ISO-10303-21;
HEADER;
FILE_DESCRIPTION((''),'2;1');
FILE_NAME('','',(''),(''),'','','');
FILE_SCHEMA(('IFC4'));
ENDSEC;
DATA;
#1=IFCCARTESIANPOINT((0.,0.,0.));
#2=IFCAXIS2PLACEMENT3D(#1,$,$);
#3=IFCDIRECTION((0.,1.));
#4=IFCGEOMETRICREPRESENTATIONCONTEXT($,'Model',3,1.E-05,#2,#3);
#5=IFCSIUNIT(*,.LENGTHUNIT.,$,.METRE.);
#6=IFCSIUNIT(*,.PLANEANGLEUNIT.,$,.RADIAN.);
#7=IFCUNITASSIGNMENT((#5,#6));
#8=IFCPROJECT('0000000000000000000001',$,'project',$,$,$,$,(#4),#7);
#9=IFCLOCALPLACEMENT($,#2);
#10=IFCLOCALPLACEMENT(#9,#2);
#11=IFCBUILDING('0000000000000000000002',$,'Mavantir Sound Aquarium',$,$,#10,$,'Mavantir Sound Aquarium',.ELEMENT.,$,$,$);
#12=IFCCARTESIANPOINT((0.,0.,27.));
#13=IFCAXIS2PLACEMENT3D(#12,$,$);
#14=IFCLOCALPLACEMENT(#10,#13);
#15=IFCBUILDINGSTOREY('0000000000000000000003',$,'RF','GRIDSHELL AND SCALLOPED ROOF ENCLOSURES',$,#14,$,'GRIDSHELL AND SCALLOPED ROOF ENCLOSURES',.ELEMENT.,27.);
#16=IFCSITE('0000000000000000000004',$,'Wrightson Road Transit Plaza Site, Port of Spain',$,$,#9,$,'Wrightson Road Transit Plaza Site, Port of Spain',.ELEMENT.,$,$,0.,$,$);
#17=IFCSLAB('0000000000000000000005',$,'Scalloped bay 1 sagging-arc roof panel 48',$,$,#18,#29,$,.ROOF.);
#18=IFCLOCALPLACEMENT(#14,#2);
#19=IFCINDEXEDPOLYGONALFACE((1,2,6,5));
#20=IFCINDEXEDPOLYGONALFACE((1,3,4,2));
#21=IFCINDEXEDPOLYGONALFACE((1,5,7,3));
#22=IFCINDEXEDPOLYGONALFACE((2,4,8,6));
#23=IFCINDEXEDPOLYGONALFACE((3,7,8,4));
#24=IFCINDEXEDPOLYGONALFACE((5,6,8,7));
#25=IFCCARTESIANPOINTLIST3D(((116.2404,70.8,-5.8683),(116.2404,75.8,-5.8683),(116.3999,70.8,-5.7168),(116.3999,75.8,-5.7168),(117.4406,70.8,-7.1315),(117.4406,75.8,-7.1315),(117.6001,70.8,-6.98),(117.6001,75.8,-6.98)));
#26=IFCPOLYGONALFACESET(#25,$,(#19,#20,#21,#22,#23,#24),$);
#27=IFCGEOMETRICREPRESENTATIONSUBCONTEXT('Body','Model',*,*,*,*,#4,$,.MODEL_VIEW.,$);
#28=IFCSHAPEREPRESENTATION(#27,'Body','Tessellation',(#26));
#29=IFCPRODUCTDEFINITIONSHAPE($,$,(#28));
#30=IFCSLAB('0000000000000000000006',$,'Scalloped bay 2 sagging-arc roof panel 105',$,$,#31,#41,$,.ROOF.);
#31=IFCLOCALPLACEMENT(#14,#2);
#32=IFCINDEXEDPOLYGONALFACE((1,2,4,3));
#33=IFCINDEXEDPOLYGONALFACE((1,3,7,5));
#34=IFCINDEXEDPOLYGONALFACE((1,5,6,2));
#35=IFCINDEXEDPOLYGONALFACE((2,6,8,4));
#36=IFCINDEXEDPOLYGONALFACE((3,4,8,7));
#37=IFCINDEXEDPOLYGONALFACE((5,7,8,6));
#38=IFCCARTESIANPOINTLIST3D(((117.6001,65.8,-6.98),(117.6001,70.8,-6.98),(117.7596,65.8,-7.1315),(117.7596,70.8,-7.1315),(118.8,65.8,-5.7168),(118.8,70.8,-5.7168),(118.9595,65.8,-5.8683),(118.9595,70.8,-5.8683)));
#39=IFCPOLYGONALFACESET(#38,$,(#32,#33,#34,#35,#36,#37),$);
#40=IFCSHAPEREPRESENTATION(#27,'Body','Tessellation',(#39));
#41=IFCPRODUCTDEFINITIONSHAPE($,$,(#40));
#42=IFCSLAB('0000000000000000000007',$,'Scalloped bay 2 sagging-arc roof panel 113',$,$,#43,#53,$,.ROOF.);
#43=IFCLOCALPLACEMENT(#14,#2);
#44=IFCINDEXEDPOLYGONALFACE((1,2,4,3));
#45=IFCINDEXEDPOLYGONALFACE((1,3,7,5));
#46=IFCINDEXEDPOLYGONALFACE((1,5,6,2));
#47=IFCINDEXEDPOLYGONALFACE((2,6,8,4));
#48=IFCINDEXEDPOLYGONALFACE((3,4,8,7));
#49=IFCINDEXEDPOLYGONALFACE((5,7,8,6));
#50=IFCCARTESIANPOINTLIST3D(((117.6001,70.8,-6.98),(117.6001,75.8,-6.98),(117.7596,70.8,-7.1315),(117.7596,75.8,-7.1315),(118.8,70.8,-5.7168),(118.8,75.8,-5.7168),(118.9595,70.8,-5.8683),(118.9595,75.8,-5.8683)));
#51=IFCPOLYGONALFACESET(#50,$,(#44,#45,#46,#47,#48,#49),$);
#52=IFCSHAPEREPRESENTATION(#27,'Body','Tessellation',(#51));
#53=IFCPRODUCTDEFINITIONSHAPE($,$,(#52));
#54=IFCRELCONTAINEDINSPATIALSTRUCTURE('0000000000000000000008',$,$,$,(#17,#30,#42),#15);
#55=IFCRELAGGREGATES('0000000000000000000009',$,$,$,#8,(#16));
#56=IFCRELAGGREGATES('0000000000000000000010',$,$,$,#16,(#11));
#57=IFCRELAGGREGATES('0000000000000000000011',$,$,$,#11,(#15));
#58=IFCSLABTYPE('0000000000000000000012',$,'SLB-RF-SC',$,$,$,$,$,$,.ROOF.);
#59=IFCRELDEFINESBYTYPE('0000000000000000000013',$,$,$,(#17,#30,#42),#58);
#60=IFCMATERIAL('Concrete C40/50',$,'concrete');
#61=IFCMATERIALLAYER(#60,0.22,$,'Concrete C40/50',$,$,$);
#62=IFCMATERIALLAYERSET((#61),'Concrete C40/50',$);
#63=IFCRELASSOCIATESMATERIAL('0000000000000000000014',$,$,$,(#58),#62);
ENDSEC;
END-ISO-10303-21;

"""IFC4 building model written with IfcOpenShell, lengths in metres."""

from ifc_helpers import new_model, si_unit, direction, frame, origin, place, context, subcontext, project, spatial, polyline, outline, extrude, material, layer, layer_set, type_object, element, save


model = new_model("IFC4")

# Units and contexts
model_context = context("Model", 3, precision=1e-05, world=origin(), true_north=direction((0.0, 1.0)))
body_context = subcontext(model_context, "Body", "Model", "MODEL_VIEW")
ifc_project = project(units=[si_unit("LENGTHUNIT", "METRE"), si_unit("PLANEANGLEUNIT", "RADIAN")], contexts=[model_context])

# Site, building, storey
site_placement = place(None, origin())
site = spatial("IfcSite", under=ifc_project, at=site_placement, Name="Wrightson Road Transit Plaza Site, Port of Spain", LongName="Wrightson Road Transit Plaza Site, Port of Spain", CompositionType="ELEMENT", RefElevation=0.0)
building_placement = place(site_placement, origin())
building = spatial("IfcBuilding", under=site, at=building_placement, Name="Mavantir Sound Aquarium", LongName="Mavantir Sound Aquarium", CompositionType="ELEMENT")
storey_placement = place(building_placement, frame((0.0, 0.0, 27.0)))
storey = spatial("IfcBuildingStorey", under=building, at=storey_placement, Name="RF", Description="GRIDSHELL AND SCALLOPED ROOF ENCLOSURES", LongName="GRIDSHELL AND SCALLOPED ROOF ENCLOSURES", CompositionType="ELEMENT", Elevation=27.0)

# Shared definitions
ifc_material_1 = material(Name="Concrete C40/50", Category="concrete")

# Slabs
ifc_layer_1 = layer(ifc_material_1, 0.22, Name="Concrete C40/50")
ifc_layer_set_1 = layer_set([ifc_layer_1], Name="Concrete C40/50")
slab_type = type_object("IfcSlabType", Name="SLB-RF-SC", PredefinedType="ROOF", material=ifc_layer_set_1)
slab_1_placement = place(storey_placement, frame((116.3999, 70.8, -5.7168), z_axis=(0.72495, 0.0, 0.688801), x_axis=(0.688801, 0.0, -0.72495)))
element("IfcSlab", 1, at=slab_1_placement, inside=storey, type_object=slab_type, Name="Scalloped bay 1 sagging-arc roof panel 48", PredefinedType="ROOF", context=body_context, shape_type="SweptSolid", body=[
    extrude(outline(polyline([(0.0, 0.0), (1.7424, 0.0), (1.7424, 5.0), (0.0, 5.0), (0.0, 0.0)])), origin(), (0.0, 0.0, -1.0), 0.22),
])
for number, where, z_axis, x_axis, name in (
    (2, (117.6001, 65.8, -6.98), (-0.72502, 0.0, 0.688727), (0.688727, 0.0, 0.72502), "Scalloped bay 2 sagging-arc roof panel 105"),
    (3, (117.6001, 70.8, -6.98), (-0.72502, 0.0, 0.688727), (0.688727, 0.0, 0.72502), "Scalloped bay 2 sagging-arc roof panel 113"),
):
    element("IfcSlab", number, at=place(storey_placement, frame(where, z_axis=z_axis, x_axis=x_axis)), inside=storey, type_object=slab_type, Name=name, PredefinedType="ROOF", context=body_context, shape_type="SweptSolid", body=[
        extrude(outline(polyline([(0.0, 0.0), (1.7423, 0.0), (1.7423, 5.0), (0.0, 5.0), (0.0, 0.0)])), origin(), (0.0, 0.0, -1.0), 0.22),
    ])

save(model, "model.ifc")
